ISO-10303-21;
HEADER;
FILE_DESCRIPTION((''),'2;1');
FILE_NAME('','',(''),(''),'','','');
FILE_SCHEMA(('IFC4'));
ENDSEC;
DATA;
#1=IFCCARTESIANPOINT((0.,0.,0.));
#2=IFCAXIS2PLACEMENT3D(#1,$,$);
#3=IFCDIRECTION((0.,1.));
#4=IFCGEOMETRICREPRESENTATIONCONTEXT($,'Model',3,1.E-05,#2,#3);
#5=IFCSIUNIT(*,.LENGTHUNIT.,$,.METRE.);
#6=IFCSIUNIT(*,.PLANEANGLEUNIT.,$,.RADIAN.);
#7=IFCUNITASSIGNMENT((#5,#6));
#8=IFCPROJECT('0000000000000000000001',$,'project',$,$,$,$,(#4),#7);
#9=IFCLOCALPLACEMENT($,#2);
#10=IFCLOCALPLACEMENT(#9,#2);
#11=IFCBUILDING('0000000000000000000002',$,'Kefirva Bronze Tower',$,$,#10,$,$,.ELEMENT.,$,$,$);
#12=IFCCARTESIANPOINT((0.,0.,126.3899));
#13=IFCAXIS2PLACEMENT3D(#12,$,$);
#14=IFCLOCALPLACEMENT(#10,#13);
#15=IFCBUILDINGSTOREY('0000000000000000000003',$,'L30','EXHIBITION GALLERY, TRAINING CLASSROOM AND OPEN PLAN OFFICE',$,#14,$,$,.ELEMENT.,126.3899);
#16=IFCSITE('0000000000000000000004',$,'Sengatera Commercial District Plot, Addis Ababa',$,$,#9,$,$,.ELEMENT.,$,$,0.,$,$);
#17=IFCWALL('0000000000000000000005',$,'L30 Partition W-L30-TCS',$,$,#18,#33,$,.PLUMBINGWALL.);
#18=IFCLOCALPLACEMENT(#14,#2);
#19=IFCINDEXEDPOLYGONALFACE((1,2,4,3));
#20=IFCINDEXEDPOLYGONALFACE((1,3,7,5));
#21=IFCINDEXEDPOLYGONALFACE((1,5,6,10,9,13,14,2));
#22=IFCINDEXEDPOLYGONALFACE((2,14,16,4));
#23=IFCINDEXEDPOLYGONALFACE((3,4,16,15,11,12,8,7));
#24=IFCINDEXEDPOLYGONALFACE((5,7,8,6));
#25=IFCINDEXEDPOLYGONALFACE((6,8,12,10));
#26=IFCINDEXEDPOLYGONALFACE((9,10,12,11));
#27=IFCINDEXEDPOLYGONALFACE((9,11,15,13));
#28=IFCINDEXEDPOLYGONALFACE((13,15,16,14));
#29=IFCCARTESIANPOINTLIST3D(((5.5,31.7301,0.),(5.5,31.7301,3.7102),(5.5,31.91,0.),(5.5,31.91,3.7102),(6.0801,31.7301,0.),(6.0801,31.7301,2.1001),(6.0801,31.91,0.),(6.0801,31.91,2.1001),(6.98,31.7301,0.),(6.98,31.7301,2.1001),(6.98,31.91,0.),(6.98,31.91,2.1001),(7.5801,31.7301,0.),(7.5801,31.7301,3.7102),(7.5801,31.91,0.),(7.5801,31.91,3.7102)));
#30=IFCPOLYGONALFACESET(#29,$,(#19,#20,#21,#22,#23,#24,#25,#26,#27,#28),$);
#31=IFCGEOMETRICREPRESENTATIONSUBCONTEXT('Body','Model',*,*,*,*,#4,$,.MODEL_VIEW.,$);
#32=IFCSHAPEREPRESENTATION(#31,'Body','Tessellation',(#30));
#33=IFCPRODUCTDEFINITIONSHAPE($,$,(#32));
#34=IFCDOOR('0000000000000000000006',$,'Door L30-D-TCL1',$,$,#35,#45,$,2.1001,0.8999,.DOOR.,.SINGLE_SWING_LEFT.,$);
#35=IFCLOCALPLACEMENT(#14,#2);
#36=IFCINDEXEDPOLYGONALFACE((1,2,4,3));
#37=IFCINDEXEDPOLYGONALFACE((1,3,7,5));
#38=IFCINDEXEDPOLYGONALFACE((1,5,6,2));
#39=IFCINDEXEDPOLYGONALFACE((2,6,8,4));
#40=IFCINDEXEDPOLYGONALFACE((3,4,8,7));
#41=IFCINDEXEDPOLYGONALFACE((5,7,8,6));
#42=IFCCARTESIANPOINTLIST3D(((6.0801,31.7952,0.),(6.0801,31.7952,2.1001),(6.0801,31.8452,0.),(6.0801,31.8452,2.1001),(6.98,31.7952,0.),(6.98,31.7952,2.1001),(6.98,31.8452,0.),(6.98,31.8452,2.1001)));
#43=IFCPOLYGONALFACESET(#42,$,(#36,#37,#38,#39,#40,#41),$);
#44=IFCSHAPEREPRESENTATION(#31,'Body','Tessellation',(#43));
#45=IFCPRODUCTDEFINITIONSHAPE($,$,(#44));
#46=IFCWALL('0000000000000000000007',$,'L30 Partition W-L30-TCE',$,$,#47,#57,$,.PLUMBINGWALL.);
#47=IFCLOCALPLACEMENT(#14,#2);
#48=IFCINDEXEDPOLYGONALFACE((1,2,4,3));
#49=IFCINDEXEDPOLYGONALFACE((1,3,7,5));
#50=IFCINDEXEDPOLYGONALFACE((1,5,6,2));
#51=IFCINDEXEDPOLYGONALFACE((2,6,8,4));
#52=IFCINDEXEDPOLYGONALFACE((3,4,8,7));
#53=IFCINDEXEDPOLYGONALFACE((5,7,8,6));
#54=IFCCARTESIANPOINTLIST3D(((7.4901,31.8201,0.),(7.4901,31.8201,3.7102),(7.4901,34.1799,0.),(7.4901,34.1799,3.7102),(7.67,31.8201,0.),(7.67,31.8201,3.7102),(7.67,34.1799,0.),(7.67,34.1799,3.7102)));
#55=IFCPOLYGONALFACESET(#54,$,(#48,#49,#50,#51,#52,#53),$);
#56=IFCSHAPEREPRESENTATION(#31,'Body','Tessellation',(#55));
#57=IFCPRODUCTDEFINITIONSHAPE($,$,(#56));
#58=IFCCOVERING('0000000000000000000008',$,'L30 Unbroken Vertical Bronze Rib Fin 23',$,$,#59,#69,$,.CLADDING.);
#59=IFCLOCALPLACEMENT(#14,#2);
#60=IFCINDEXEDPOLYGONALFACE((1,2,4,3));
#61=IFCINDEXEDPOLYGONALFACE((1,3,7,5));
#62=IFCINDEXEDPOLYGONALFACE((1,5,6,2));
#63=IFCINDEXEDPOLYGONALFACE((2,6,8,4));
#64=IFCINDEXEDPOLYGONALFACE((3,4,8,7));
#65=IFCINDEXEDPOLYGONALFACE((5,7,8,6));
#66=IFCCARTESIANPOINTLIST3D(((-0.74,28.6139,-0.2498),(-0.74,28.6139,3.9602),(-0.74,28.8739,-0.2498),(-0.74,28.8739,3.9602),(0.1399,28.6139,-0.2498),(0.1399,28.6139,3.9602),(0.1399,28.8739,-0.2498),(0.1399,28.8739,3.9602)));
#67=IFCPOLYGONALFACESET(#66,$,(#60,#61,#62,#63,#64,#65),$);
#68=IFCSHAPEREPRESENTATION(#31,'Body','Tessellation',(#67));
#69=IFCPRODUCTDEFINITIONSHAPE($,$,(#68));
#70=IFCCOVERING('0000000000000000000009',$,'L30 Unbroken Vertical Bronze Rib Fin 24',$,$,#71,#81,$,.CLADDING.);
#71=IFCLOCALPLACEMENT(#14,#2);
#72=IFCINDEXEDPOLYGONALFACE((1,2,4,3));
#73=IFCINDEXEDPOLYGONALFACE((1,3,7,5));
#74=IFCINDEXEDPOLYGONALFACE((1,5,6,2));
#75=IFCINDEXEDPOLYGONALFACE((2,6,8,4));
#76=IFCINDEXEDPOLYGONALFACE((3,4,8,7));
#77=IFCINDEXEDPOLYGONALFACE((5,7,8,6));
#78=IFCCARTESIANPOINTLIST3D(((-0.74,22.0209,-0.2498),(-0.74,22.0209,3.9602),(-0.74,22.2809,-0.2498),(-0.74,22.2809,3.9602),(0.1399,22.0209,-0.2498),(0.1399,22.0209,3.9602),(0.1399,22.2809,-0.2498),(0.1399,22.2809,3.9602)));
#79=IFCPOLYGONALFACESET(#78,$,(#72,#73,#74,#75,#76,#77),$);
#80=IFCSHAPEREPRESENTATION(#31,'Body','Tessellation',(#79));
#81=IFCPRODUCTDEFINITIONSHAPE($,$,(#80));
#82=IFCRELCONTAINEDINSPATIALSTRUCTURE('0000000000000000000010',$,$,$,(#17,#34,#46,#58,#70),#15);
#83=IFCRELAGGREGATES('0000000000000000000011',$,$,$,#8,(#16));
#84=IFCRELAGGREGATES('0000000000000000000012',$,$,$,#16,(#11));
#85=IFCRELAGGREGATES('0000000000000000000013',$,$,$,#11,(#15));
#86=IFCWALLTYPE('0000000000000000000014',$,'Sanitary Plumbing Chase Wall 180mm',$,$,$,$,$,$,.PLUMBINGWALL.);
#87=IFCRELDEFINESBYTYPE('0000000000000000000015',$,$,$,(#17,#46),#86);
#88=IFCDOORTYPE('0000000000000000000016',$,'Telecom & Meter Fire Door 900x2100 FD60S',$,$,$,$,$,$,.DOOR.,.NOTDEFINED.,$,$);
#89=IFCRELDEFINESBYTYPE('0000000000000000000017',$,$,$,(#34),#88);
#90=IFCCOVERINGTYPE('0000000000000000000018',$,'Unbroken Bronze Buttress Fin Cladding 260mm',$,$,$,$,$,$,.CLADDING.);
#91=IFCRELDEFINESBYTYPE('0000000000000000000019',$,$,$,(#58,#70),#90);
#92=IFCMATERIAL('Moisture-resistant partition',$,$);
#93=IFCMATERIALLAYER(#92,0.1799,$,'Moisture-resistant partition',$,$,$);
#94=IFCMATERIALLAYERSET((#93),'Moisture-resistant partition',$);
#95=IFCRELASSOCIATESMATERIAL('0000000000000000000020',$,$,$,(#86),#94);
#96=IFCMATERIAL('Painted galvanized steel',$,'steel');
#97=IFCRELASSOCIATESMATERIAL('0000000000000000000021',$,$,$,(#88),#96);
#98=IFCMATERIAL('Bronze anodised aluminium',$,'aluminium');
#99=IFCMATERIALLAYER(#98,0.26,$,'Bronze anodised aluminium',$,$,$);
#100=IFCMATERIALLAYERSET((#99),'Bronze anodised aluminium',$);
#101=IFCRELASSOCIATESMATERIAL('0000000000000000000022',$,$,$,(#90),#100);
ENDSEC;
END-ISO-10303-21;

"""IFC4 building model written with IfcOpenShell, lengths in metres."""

from ifc_helpers import new_model, si_unit, direction, frame, frame_2d, origin, origin_2d, place, context, subcontext, project, spatial, rectangle, extrude, material, layer, layer_set, type_object, element, fill, save


model = new_model("IFC4")

# Units and contexts
model_context = context("Model", 3, precision=1e-05, world=origin(), true_north=direction((0.0, 1.0)))
body_context = subcontext(model_context, "Body", "Model", "MODEL_VIEW")
ifc_project = project(units=[si_unit("LENGTHUNIT", "METRE"), si_unit("PLANEANGLEUNIT", "RADIAN")], contexts=[model_context])

# Site, building, storey
site_placement = place(None, origin())
site = spatial("IfcSite", under=ifc_project, at=site_placement, Name="Sengatera Commercial District Plot, Addis Ababa", CompositionType="ELEMENT", RefElevation=0.0)
building_placement = place(site_placement, origin())
building = spatial("IfcBuilding", under=site, at=building_placement, Name="Kefirva Bronze Tower", CompositionType="ELEMENT")
storey_placement = place(building_placement, frame((0.0, 0.0, 126.3899)))
storey = spatial("IfcBuildingStorey", under=building, at=storey_placement, Name="L30", Description="EXHIBITION GALLERY, TRAINING CLASSROOM AND OPEN PLAN OFFICE", CompositionType="ELEMENT", Elevation=126.3899)

# Shared definitions
ifc_material_1 = material(Name="Bronze anodised aluminium", Category="aluminium")

# Wall, opening, door
ifc_material_2 = material(Name="Moisture-resistant partition")
ifc_layer_1 = layer(ifc_material_2, 0.1799, Name="Moisture-resistant partition")
ifc_layer_set_1 = layer_set([ifc_layer_1], Name="Moisture-resistant partition")
wall_type_1 = type_object("IfcWallType", Name="Sanitary Plumbing Chase Wall 180mm", PredefinedType="PLUMBINGWALL", material=ifc_layer_set_1)
wall_1_placement = place(storey_placement, frame((5.5, 31.8201, 0.0), z_axis=(0.0, 0.0, 1.0), x_axis=(1.0, 0.0, 0.0)))
wall_1 = element("IfcWall", 1, at=wall_1_placement, inside=storey, type_object=wall_type_1, Name="L30 Partition W-L30-TCS", PredefinedType="PLUMBINGWALL", context=body_context, shape_type="SweptSolid", body=[
    extrude(rectangle(XDim=2.0801, YDim=0.1799, at=frame_2d((1.04, 0.0))), origin(), (0.0, 0.0, 1.0), 3.7102),
])
opening_placement = place(wall_1_placement, frame((1.48, 0.0, 0.0), z_axis=(0.0, 0.0, 1.0), x_axis=(-1.0, 0.0, 0.0)))
opening = element("IfcOpeningElement", 2, at=opening_placement, cuts=wall_1, PredefinedType="OPENING", context=body_context, shape_type="SweptSolid", body=[
    extrude(rectangle(XDim=0.8999, YDim=2.1001, at=frame_2d((0.45, 1.05))), frame((0.0, 0.1001, 0.0), z_axis=(0.0, -1.0, 0.0), x_axis=(1.0, 0.0, 0.0)), (0.0, 0.0, 1.0), 0.2),
])
ifc_material_3 = material(Name="Painted galvanized steel", Category="steel")
door_type = type_object("IfcDoorType", Name="Telecom & Meter Fire Door 900x2100 FD60S", OperationType="NOTDEFINED", PredefinedType="DOOR", material=ifc_material_3)
door_placement = place(opening_placement, origin())
door = element("IfcDoor", 3, at=door_placement, inside=storey, type_object=door_type, Name="Door L30-D-TCL1", OperationType="SINGLE_SWING_LEFT", OverallHeight=2.1001, OverallWidth=0.8999, PredefinedType="DOOR", context=body_context, shape_type="SweptSolid", body=[
    extrude(rectangle(XDim=0.8999, YDim=2.1001, at=frame_2d((0.45, 1.05))), frame((0.0, 0.0249, 0.0), z_axis=(0.0, -1.0, 0.0), x_axis=(1.0, 0.0, 0.0)), (0.0, 0.0, 1.0), 0.05),
])
fill(opening, door)

# Wall
wall_2_placement = place(storey_placement, frame((7.5801, 31.8201, 0.0), z_axis=(0.0, 0.0, 1.0), x_axis=(0.0, 1.0, 0.0)))
element("IfcWall", 4, at=wall_2_placement, inside=storey, type_object=wall_type_1, Name="L30 Partition W-L30-TCE", PredefinedType="PLUMBINGWALL", context=body_context, shape_type="SweptSolid", body=[
    extrude(rectangle(XDim=2.3599, YDim=0.1799, at=frame_2d((1.1799, 0.0))), origin(), (0.0, 0.0, 1.0), 3.7102),
])

# Coverings
ifc_layer_2 = layer(ifc_material_1, 0.26, Name="Bronze anodised aluminium")
ifc_layer_set_2 = layer_set([ifc_layer_2], Name="Bronze anodised aluminium")
covering_type = type_object("IfcCoveringType", Name="Unbroken Bronze Buttress Fin Cladding 260mm", PredefinedType="CLADDING", material=ifc_layer_set_2)
for number, where, z_axis, x_axis, name in (
    (5, (-0.3, 28.7439, -0.2498), (0.0, 0.0, 1.0), (0.0, -1.0, 0.0), "L30 Unbroken Vertical Bronze Rib Fin 23"),
    (6, (-0.3, 22.1509, -0.2498), (0.0, 0.0, 1.0), (0.0, -1.0, 0.0), "L30 Unbroken Vertical Bronze Rib Fin 24"),
):
    element("IfcCovering", number, at=place(storey_placement, frame(where, z_axis=z_axis, x_axis=x_axis)), inside=storey, type_object=covering_type, Name=name, PredefinedType="CLADDING", context=body_context, shape_type="SweptSolid", body=[
        extrude(rectangle(XDim=0.26, YDim=0.8799, at=origin_2d()), origin(), (0.0, 0.0, 1.0), 4.21),
    ])

save(model, "model.ifc")
